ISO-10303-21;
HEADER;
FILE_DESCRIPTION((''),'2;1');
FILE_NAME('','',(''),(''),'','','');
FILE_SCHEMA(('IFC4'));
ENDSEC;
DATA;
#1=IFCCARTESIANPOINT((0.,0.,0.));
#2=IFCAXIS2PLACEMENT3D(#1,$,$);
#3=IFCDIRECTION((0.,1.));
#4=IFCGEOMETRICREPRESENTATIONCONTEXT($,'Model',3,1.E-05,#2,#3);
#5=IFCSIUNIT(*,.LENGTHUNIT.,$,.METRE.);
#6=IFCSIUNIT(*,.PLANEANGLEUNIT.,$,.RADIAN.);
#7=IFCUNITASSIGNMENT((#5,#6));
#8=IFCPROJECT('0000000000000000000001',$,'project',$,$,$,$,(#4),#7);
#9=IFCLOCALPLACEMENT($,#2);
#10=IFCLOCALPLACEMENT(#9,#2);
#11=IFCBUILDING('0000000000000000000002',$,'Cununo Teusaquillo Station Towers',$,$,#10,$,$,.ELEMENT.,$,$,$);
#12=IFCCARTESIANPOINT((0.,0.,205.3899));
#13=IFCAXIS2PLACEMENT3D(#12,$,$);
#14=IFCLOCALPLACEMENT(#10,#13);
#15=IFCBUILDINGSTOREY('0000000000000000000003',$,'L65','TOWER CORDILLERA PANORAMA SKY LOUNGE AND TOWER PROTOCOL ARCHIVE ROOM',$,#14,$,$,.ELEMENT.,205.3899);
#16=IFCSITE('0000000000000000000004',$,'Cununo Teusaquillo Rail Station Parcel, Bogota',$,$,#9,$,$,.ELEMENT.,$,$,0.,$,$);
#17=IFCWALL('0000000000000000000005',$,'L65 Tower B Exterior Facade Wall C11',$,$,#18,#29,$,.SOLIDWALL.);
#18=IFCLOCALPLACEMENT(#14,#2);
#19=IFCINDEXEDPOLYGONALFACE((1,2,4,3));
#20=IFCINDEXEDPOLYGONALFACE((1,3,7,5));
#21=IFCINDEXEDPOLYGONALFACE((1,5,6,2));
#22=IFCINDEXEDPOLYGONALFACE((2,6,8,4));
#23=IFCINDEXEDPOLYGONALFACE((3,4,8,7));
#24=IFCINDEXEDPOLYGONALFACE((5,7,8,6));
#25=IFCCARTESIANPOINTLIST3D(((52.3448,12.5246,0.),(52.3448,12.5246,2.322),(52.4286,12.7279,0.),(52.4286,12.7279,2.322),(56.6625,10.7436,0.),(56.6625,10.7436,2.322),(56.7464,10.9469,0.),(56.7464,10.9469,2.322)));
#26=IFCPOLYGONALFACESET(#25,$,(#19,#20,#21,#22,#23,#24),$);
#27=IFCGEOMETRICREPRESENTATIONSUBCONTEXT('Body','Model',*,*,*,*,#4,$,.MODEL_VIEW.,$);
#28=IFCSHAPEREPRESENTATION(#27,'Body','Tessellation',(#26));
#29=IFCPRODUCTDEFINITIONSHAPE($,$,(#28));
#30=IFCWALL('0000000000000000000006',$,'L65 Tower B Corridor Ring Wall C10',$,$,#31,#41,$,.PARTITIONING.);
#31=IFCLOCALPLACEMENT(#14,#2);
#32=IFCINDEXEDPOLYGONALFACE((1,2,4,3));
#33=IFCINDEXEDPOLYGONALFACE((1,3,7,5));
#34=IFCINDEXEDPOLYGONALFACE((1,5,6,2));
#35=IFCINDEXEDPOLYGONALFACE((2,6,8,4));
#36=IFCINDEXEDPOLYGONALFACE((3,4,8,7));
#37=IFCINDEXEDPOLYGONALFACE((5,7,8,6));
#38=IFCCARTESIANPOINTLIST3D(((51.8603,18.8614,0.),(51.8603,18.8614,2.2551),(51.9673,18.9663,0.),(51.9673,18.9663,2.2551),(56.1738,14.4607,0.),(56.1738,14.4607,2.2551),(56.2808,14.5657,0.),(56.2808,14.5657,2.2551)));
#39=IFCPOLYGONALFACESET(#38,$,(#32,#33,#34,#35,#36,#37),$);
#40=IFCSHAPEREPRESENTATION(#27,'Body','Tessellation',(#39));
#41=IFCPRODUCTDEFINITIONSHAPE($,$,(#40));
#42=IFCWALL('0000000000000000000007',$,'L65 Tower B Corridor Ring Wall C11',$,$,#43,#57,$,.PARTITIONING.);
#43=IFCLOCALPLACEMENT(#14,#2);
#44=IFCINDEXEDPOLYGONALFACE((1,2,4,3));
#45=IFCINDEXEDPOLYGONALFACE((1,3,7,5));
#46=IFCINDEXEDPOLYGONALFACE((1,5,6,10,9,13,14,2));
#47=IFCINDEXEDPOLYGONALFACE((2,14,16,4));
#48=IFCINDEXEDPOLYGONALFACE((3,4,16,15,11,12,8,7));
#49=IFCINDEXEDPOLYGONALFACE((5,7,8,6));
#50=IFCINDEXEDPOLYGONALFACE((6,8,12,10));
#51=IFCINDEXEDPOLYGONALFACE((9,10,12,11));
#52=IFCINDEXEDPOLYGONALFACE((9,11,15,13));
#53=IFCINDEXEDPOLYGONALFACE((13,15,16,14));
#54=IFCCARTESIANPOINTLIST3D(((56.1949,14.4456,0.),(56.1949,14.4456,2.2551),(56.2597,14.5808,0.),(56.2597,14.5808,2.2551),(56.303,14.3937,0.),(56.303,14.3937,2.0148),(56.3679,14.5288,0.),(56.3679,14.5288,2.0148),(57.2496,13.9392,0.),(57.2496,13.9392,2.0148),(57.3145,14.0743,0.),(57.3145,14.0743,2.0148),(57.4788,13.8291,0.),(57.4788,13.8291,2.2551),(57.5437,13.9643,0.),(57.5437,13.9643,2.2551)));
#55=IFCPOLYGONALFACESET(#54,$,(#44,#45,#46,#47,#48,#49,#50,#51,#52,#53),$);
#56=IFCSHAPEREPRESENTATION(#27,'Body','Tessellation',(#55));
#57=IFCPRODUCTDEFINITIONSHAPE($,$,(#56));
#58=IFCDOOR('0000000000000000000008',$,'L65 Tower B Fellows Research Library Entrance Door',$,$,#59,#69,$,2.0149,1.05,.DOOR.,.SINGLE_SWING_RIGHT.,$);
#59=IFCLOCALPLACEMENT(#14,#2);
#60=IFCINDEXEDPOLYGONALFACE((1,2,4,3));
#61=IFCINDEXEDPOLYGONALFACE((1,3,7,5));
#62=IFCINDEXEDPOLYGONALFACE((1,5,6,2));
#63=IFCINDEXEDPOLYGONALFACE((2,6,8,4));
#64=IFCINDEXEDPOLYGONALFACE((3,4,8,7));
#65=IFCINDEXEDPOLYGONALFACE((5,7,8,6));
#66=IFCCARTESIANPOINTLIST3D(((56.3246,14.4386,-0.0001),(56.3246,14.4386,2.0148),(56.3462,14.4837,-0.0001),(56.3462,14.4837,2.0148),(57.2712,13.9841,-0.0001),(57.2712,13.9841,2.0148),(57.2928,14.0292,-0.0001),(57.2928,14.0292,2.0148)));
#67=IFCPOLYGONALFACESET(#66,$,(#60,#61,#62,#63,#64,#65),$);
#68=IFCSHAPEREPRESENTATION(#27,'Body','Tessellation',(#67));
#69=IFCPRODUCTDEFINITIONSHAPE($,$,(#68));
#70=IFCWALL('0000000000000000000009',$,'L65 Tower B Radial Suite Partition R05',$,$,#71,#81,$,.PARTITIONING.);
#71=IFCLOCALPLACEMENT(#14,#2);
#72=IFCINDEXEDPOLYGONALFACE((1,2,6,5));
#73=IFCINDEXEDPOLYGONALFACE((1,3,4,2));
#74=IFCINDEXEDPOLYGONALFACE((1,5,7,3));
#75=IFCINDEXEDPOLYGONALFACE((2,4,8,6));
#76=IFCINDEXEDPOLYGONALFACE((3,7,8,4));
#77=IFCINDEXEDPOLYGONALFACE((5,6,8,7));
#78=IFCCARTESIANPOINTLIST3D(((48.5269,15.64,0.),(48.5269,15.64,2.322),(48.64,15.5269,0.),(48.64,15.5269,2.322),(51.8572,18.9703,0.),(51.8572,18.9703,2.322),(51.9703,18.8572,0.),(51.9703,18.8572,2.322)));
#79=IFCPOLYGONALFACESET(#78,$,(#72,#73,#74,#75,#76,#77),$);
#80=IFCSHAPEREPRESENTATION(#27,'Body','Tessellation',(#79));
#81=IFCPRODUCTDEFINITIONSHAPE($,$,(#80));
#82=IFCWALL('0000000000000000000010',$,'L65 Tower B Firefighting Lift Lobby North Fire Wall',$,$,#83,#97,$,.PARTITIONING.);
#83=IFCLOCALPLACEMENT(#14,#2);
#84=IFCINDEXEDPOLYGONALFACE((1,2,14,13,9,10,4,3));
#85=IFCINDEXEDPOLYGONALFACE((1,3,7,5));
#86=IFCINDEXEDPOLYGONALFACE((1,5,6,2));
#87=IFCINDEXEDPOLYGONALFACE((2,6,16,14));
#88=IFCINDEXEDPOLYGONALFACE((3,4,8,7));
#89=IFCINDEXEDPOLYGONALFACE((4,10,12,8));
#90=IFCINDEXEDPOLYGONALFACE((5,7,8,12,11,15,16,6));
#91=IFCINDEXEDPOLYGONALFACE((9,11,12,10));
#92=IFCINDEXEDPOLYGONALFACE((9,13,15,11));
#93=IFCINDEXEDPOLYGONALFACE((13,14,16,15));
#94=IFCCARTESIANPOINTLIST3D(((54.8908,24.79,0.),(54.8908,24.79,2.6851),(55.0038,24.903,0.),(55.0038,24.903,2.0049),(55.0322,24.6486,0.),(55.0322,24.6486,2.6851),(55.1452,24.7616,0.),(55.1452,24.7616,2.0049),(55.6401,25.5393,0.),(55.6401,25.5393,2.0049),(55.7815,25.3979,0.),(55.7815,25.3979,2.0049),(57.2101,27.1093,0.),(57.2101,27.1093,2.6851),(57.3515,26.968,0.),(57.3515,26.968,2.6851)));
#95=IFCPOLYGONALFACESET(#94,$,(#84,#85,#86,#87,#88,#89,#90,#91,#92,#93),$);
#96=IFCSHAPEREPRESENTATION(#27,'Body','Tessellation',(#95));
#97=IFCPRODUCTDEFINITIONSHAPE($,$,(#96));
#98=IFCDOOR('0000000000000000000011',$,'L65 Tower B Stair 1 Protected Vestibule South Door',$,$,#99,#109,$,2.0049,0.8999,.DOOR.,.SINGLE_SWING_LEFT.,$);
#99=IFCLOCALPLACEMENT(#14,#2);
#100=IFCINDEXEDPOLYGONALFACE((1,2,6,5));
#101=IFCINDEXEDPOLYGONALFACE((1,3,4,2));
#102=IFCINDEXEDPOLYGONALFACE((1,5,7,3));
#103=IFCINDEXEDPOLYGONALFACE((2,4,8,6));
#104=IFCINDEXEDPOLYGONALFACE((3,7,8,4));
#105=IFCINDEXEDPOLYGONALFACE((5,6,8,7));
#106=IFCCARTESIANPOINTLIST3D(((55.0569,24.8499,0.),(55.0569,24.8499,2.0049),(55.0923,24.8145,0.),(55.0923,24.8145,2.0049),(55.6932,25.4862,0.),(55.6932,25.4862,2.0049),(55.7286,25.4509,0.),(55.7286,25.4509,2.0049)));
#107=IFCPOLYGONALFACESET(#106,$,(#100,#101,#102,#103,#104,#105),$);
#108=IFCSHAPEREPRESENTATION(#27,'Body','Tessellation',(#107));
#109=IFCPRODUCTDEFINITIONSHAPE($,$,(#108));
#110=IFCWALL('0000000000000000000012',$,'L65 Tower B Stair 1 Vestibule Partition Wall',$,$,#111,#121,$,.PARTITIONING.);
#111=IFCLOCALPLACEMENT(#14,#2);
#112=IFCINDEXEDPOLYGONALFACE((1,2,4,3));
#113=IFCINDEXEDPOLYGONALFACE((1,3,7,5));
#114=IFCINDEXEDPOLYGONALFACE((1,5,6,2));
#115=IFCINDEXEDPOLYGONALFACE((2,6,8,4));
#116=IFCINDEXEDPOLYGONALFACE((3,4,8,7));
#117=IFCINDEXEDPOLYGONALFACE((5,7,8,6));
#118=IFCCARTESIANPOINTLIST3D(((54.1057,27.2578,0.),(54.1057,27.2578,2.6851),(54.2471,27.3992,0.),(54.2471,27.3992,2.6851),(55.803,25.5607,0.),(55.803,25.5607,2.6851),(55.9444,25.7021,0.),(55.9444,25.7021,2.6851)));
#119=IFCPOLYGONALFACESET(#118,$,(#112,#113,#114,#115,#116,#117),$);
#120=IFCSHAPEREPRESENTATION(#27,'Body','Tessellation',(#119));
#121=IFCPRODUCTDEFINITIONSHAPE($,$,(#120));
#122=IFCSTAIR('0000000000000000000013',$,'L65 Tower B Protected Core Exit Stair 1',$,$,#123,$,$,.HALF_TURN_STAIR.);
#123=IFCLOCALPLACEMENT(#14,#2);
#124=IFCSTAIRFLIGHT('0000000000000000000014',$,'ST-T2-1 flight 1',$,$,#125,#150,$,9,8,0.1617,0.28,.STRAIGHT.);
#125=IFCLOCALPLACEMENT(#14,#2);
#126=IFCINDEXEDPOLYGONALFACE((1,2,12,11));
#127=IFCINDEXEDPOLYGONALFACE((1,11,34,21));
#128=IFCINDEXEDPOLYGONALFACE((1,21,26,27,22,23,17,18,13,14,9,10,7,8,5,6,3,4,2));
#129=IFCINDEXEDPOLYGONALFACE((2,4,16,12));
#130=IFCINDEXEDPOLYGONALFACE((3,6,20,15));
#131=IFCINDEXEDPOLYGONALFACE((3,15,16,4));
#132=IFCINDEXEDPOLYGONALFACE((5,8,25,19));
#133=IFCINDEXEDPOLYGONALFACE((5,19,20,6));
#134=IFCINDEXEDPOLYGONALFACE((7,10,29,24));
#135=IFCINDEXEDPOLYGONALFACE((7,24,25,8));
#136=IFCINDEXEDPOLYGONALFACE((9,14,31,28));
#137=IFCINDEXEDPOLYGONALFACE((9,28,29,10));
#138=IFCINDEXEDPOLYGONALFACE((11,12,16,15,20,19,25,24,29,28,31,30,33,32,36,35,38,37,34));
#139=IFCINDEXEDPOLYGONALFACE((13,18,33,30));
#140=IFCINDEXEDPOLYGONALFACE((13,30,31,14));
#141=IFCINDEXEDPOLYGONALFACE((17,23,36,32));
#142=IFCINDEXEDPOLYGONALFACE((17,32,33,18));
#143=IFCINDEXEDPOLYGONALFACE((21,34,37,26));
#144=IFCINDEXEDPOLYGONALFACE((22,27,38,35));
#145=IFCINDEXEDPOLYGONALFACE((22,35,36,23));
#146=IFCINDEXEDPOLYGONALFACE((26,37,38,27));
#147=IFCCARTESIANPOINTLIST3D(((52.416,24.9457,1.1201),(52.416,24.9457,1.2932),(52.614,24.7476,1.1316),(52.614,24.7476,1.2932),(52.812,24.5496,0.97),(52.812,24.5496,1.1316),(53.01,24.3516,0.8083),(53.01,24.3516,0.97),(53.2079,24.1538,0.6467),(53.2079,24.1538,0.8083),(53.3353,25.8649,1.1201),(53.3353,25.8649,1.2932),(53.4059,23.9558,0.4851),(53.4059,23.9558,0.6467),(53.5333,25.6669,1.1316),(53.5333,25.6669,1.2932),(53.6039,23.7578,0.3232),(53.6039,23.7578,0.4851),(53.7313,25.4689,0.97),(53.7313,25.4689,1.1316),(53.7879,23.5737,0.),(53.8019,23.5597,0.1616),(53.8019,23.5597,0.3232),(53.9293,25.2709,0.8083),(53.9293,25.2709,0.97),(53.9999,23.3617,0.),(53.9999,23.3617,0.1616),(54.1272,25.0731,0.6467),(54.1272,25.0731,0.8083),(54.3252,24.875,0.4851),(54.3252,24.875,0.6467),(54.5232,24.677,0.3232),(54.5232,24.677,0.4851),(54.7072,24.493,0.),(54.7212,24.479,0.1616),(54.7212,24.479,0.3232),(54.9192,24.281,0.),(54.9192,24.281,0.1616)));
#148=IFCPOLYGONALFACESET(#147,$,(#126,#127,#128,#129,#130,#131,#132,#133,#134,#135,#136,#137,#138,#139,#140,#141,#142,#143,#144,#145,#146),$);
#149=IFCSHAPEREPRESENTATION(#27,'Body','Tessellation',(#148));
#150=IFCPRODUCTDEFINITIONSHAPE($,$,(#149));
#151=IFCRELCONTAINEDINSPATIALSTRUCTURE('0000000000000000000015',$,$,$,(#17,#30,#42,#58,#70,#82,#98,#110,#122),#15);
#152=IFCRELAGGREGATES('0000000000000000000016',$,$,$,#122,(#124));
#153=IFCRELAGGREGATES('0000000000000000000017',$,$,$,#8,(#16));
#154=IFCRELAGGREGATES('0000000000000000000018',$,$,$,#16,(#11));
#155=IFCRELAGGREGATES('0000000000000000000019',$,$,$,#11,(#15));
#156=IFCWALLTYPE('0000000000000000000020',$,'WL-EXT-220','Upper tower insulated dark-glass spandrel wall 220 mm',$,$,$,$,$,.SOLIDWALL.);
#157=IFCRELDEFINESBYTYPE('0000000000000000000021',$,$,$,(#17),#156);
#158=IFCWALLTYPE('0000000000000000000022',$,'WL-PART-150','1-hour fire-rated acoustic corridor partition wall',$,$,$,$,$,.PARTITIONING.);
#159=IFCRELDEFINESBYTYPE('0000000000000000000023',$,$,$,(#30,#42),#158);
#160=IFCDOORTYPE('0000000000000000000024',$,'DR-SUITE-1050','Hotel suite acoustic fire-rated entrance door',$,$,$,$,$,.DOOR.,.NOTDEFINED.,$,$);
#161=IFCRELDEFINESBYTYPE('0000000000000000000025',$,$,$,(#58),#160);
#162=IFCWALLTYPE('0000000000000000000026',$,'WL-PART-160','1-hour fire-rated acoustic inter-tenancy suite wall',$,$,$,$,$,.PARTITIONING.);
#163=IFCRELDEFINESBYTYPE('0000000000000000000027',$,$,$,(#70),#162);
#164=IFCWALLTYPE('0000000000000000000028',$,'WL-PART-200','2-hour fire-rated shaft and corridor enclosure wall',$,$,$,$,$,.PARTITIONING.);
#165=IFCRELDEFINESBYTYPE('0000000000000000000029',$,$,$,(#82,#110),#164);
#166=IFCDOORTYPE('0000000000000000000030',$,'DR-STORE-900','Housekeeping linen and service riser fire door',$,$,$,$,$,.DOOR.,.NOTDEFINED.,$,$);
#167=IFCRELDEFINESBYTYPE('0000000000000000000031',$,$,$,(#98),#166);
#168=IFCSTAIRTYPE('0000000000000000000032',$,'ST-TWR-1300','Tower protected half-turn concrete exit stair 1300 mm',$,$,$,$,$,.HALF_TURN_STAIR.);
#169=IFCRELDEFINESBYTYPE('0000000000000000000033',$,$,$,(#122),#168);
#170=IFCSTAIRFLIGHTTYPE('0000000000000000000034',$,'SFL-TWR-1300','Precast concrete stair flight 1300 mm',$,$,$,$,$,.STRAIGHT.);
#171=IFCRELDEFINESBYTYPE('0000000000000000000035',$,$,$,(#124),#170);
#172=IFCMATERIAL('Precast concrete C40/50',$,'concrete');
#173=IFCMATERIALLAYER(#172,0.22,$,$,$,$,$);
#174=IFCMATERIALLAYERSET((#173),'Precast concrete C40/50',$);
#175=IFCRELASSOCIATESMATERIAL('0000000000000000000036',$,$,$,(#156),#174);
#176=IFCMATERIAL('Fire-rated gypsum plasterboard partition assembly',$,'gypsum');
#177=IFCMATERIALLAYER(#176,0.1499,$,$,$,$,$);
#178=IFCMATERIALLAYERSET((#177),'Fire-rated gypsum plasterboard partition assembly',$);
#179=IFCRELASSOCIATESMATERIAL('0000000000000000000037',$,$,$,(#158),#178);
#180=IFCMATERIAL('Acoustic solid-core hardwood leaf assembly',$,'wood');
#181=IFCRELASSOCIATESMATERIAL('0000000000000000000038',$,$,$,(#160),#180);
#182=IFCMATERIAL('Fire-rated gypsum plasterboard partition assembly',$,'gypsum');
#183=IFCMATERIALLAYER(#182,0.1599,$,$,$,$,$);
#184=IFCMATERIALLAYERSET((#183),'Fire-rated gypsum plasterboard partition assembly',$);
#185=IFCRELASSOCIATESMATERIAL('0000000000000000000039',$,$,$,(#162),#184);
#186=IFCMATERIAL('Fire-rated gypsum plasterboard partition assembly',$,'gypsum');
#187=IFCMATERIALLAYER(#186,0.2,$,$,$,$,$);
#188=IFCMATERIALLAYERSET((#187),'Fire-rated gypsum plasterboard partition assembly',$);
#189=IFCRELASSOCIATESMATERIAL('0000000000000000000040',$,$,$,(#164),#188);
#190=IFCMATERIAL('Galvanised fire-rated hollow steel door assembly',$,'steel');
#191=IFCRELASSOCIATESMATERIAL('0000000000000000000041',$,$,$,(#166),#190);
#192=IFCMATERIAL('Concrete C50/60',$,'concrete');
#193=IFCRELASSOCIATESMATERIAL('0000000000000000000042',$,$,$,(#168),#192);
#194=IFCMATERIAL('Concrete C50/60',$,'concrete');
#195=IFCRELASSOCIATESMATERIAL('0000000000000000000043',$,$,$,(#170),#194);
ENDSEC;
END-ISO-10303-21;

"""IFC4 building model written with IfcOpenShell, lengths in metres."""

from ifc_helpers import new_model, si_unit, direction, frame, frame_2d, origin, place, context, subcontext, project, spatial, polyline, rectangle, outline, extrude, source, transform, mapped, material, layer, layer_set, type_object, element, fill, aggregate, save


model = new_model("IFC4")

# Units and contexts
model_context = context("Model", 3, precision=1e-05, world=origin(), true_north=direction((0.0, 1.0)))
body_context = subcontext(model_context, "Body", "Model", "MODEL_VIEW")
ifc_project = project(units=[si_unit("LENGTHUNIT", "METRE"), si_unit("PLANEANGLEUNIT", "RADIAN")], contexts=[model_context])

# Site, building, storey
site_placement = place(None, origin())
site = spatial("IfcSite", under=ifc_project, at=site_placement, Name="Cununo Teusaquillo Rail Station Parcel, Bogota", CompositionType="ELEMENT", RefElevation=0.0)
building_placement = place(site_placement, origin())
building = spatial("IfcBuilding", under=site, at=building_placement, Name="Cununo Teusaquillo Station Towers", CompositionType="ELEMENT")
storey_placement = place(building_placement, frame((0.0, 0.0, 205.3899)))
storey = spatial("IfcBuildingStorey", under=building, at=storey_placement, Name="L65", Description="TOWER CORDILLERA PANORAMA SKY LOUNGE AND TOWER PROTOCOL ARCHIVE ROOM", CompositionType="ELEMENT", Elevation=205.3899)

# Shared definitions
ifc_material_1 = material(Name="Precast concrete C40/50", Category="concrete")
ifc_layer_1 = layer(ifc_material_1, 0.22)
ifc_layer_set_1 = layer_set([ifc_layer_1], Name="Precast concrete C40/50")
wall_type_1 = type_object("IfcWallType", Name="WL-EXT-220", Description="Upper tower insulated dark-glass spandrel wall 220 mm", PredefinedType="SOLIDWALL", material=ifc_layer_set_1)

# Walls
wall_1_placement = place(storey_placement, frame((56.7046, 10.8452, 0.0), z_axis=(0.0, 0.0, 1.0), x_axis=(-0.924447, 0.38131, 0.0)))
element("IfcWall", 1, at=wall_1_placement, inside=storey, type_object=wall_type_1, Name="L65 Tower B Exterior Facade Wall C11", PredefinedType="SOLIDWALL", context=body_context, shape_type="SweptSolid", body=[
    extrude(rectangle(XDim=4.6707, YDim=0.22, at=frame_2d((2.3354, 0.0))), origin(), (0.0, 0.0, 1.0), 2.322),
])
ifc_material_2 = material(Name="Fire-rated gypsum plasterboard partition assembly", Category="gypsum")
ifc_layer_2 = layer(ifc_material_2, 0.1499)
ifc_layer_set_2 = layer_set([ifc_layer_2], Name="Fire-rated gypsum plasterboard partition assembly")
wall_type_2 = type_object("IfcWallType", Name="WL-PART-150", Description="1-hour fire-rated acoustic corridor partition wall", PredefinedType="PARTITIONING", material=ifc_layer_set_2)
wall_2_placement = place(storey_placement, frame((51.9138, 18.9138, 0.0), z_axis=(0.0, 0.0, 1.0), x_axis=(0.699999, -0.714144, 0.0)))
element("IfcWall", 2, at=wall_2_placement, inside=storey, type_object=wall_type_2, Name="L65 Tower B Corridor Ring Wall C10", PredefinedType="PARTITIONING", context=body_context, shape_type="SweptSolid", body=[
    extrude(rectangle(XDim=6.1621, YDim=0.1499, at=frame_2d((3.0811, 0.0))), origin(), (0.0, 0.0, 1.0), 2.2551),
])

# Wall, opening, door
wall_3_placement = place(storey_placement, frame((56.2273, 14.5132, 0.0), z_axis=(0.0, 0.0, 1.0), x_axis=(0.901478, -0.432826, 0.0)))
wall_3 = element("IfcWall", 3, at=wall_3_placement, inside=storey, type_object=wall_type_2, Name="L65 Tower B Corridor Ring Wall C11", PredefinedType="PARTITIONING", context=body_context, shape_type="SweptSolid", body=[
    extrude(rectangle(XDim=1.4243, YDim=0.1499, at=frame_2d((0.7122, 0.0))), origin(), (0.0, 0.0, 1.0), 2.2551),
])
shared_shape_1 = source(origin(), body_context, "Body", "SweptSolid", [
    extrude(rectangle(XDim=1.05, YDim=2.0149, at=frame_2d((0.5249, 1.0073))), frame((0.0, 0.085, 0.0), z_axis=(0.0, -1.0, 0.0), x_axis=(1.0, 0.0, 0.0)), (0.0, 0.0, 1.0), 0.1699),
])
opening_1_placement = place(wall_3_placement, frame((0.1201, 0.0, 0.0)))
opening_1 = element("IfcOpeningElement", 4, at=opening_1_placement, cuts=wall_3, PredefinedType="OPENING", context=body_context, shape_type="MappedRepresentation", body=[
    mapped(shared_shape_1, transform((0.0, 0.0, 0.0), x_axis=(1.0, 0.0, 0.0), y_axis=(0.0, 1.0, 0.0), z_axis=(0.0, 0.0, 1.0), scale=1.0)),
])
ifc_material_3 = material(Name="Acoustic solid-core hardwood leaf assembly", Category="wood")
door_type_1 = type_object("IfcDoorType", Name="DR-SUITE-1050", Description="Hotel suite acoustic fire-rated entrance door", OperationType="NOTDEFINED", PredefinedType="DOOR", material=ifc_material_3)
shared_shape_2 = source(origin(), body_context, "Body", "SweptSolid", [
    extrude(rectangle(XDim=1.05, YDim=2.0149, at=frame_2d((0.5249, 1.0073))), frame((0.0, 0.0249, 0.0), z_axis=(0.0, -1.0, 0.0), x_axis=(1.0, 0.0, 0.0)), (0.0, 0.0, 1.0), 0.05),
])
door_1_placement = place(opening_1_placement, origin())
door_1 = element("IfcDoor", 5, at=door_1_placement, inside=storey, type_object=door_type_1, Name="L65 Tower B Fellows Research Library Entrance Door", OperationType="SINGLE_SWING_RIGHT", OverallHeight=2.0149, OverallWidth=1.05, PredefinedType="DOOR", context=body_context, shape_type="MappedRepresentation", body=[
    mapped(shared_shape_2, transform((0.0, 0.0, 0.0), x_axis=(1.0, 0.0, 0.0), y_axis=(0.0, 1.0, 0.0), z_axis=(0.0, 0.0, 1.0), scale=1.0)),
])
fill(opening_1, door_1)

# Wall
ifc_material_4 = material(Name="Fire-rated gypsum plasterboard partition assembly", Category="gypsum")
ifc_layer_3 = layer(ifc_material_4, 0.1599)
ifc_layer_set_3 = layer_set([ifc_layer_3], Name="Fire-rated gypsum plasterboard partition assembly")
wall_type_3 = type_object("IfcWallType", Name="WL-PART-160", Description="1-hour fire-rated acoustic inter-tenancy suite wall", PredefinedType="PARTITIONING", material=ifc_layer_set_3)
wall_4_placement = place(storey_placement, frame((51.9138, 18.9138, 0.0), z_axis=(0.0, 0.0, 1.0), x_axis=(-0.707107, -0.707107, 0.0)))
element("IfcWall", 6, at=wall_4_placement, inside=storey, type_object=wall_type_3, Name="L65 Tower B Radial Suite Partition R05", PredefinedType="PARTITIONING", context=body_context, shape_type="SweptSolid", body=[
    extrude(rectangle(XDim=4.7097, YDim=0.1599, at=frame_2d((2.355, 0.0))), origin(), (0.0, 0.0, 1.0), 2.322),
])

# Wall, opening, door
ifc_material_5 = material(Name="Fire-rated gypsum plasterboard partition assembly", Category="gypsum")
ifc_layer_4 = layer(ifc_material_5, 0.2)
ifc_layer_set_4 = layer_set([ifc_layer_4], Name="Fire-rated gypsum plasterboard partition assembly")
wall_type_4 = type_object("IfcWallType", Name="WL-PART-200", Description="2-hour fire-rated shaft and corridor enclosure wall", PredefinedType="PARTITIONING", material=ifc_layer_set_4)
wall_5_placement = place(storey_placement, frame((54.9614, 24.7192, 0.0), z_axis=(0.0, 0.0, 1.0), x_axis=(0.707107, 0.707107, 0.0)))
wall_5 = element("IfcWall", 7, at=wall_5_placement, inside=storey, type_object=wall_type_4, Name="L65 Tower B Firefighting Lift Lobby North Fire Wall", PredefinedType="PARTITIONING", context=body_context, shape_type="SweptSolid", body=[
    extrude(rectangle(XDim=3.28, YDim=0.2, at=frame_2d((1.6401, 0.0))), origin(), (0.0, 0.0, 1.0), 2.6851),
])
shared_shape_3 = source(origin(), body_context, "Body", "SweptSolid", [
    extrude(rectangle(XDim=0.8999, YDim=2.0049, at=frame_2d((0.45, 1.0024))), frame((0.0, 0.1099, 0.0), z_axis=(0.0, -1.0, 0.0), x_axis=(1.0, 0.0, 0.0)), (0.0, 0.0, 1.0), 0.22),
])
opening_2_placement = place(wall_5_placement, frame((0.1599, 0.0, 0.0)))
opening_2 = element("IfcOpeningElement", 8, at=opening_2_placement, cuts=wall_5, PredefinedType="OPENING", context=body_context, shape_type="MappedRepresentation", body=[
    mapped(shared_shape_3, transform((0.0, 0.0, 0.0), x_axis=(1.0, 0.0, 0.0), y_axis=(0.0, 1.0, 0.0), z_axis=(0.0, 0.0, 1.0), scale=1.0)),
])
ifc_material_6 = material(Name="Galvanised fire-rated hollow steel door assembly", Category="steel")
door_type_2 = type_object("IfcDoorType", Name="DR-STORE-900", Description="Housekeeping linen and service riser fire door", OperationType="NOTDEFINED", PredefinedType="DOOR", material=ifc_material_6)
shared_shape_4 = source(origin(), body_context, "Body", "SweptSolid", [
    extrude(rectangle(XDim=0.8999, YDim=2.0049, at=frame_2d((0.45, 1.0024))), frame((0.0, 0.0249, 0.0), z_axis=(0.0, -1.0, 0.0), x_axis=(1.0, 0.0, 0.0)), (0.0, 0.0, 1.0), 0.05),
])
door_2_placement = place(opening_2_placement, origin())
door_2 = element("IfcDoor", 9, at=door_2_placement, inside=storey, type_object=door_type_2, Name="L65 Tower B Stair 1 Protected Vestibule South Door", OperationType="SINGLE_SWING_LEFT", OverallHeight=2.0049, OverallWidth=0.8999, PredefinedType="DOOR", context=body_context, shape_type="MappedRepresentation", body=[
    mapped(shared_shape_4, transform((0.0, 0.0, 0.0), x_axis=(1.0, 0.0, 0.0), y_axis=(0.0, 1.0, 0.0), z_axis=(0.0, 0.0, 1.0), scale=1.0)),
])
fill(opening_2, door_2)

# Wall
wall_6_placement = place(storey_placement, frame((55.8738, 25.6313, 0.0), z_axis=(0.0, 0.0, 1.0), x_axis=(-0.707158, 0.707056, 0.0)))
element("IfcWall", 10, at=wall_6_placement, inside=storey, type_object=wall_type_4, Name="L65 Tower B Stair 1 Vestibule Partition Wall", PredefinedType="PARTITIONING", context=body_context, shape_type="SweptSolid", body=[
    extrude(rectangle(XDim=2.4001, YDim=0.2, at=frame_2d((1.2002, 0.0))), origin(), (0.0, 0.0, 1.0), 2.6851),
])

# Stair, stair flight
ifc_material_7 = material(Name="Concrete C50/60", Category="concrete")
stair_type = type_object("IfcStairType", Name="ST-TWR-1300", Description="Tower protected half-turn concrete exit stair 1300 mm", PredefinedType="HALF_TURN_STAIR", material=ifc_material_7)
stair_placement = place(storey_placement, origin())
stair = element("IfcStair", 11, at=stair_placement, inside=storey, type_object=stair_type, Name="L65 Tower B Protected Core Exit Stair 1", PredefinedType="HALF_TURN_STAIR")
ifc_material_8 = material(Name="Concrete C50/60", Category="concrete")
stair_flight_type = type_object("IfcStairFlightType", Name="SFL-TWR-1300", Description="Precast concrete stair flight 1300 mm", PredefinedType="STRAIGHT", material=ifc_material_8)
stair_flight_1_placement = place(storey_placement, frame((54.4595, 23.8213, 0.0), z_axis=(0.0, 0.0, 1.0), x_axis=(-0.707107, 0.707107, 0.0)))
stair_flight_1 = element("IfcStairFlight", 12, at=stair_flight_1_placement, type_object=stair_flight_type, Name="ST-T2-1 flight 1", NumberOfRisers=9, NumberOfTreads=8, PredefinedType="STRAIGHT", RiserHeight=0.1617, TreadLength=0.28, context=body_context, shape_type="SweptSolid", body=[
    extrude(outline(polyline([(0.0, 0.0), (0.0, 0.1616), (0.28, 0.1616), (0.28, 0.3232), (0.5601, 0.3232), (0.5601, 0.4851), (0.8401, 0.4851), (0.8401, 0.6467), (1.1201, 0.6467), (1.1201, 0.8083), (1.3999, 0.8083), (1.3999, 0.97), (1.6799, 0.97), (1.6799, 1.1316), (1.96, 1.1316), (1.96, 1.2932), (2.24, 1.2932), (2.24, 1.4551), (2.24, 1.1201), (0.2998, 0.0), (0.0, 0.0)])), frame((0.0, 0.6499, 0.0), z_axis=(0.0, -1.0, 0.0), x_axis=(1.0, 0.0, 0.0)), (0.0, 0.0, 1.0), 1.3),
])
aggregate(stair, [stair_flight_1])

save(model, "model.ifc")
